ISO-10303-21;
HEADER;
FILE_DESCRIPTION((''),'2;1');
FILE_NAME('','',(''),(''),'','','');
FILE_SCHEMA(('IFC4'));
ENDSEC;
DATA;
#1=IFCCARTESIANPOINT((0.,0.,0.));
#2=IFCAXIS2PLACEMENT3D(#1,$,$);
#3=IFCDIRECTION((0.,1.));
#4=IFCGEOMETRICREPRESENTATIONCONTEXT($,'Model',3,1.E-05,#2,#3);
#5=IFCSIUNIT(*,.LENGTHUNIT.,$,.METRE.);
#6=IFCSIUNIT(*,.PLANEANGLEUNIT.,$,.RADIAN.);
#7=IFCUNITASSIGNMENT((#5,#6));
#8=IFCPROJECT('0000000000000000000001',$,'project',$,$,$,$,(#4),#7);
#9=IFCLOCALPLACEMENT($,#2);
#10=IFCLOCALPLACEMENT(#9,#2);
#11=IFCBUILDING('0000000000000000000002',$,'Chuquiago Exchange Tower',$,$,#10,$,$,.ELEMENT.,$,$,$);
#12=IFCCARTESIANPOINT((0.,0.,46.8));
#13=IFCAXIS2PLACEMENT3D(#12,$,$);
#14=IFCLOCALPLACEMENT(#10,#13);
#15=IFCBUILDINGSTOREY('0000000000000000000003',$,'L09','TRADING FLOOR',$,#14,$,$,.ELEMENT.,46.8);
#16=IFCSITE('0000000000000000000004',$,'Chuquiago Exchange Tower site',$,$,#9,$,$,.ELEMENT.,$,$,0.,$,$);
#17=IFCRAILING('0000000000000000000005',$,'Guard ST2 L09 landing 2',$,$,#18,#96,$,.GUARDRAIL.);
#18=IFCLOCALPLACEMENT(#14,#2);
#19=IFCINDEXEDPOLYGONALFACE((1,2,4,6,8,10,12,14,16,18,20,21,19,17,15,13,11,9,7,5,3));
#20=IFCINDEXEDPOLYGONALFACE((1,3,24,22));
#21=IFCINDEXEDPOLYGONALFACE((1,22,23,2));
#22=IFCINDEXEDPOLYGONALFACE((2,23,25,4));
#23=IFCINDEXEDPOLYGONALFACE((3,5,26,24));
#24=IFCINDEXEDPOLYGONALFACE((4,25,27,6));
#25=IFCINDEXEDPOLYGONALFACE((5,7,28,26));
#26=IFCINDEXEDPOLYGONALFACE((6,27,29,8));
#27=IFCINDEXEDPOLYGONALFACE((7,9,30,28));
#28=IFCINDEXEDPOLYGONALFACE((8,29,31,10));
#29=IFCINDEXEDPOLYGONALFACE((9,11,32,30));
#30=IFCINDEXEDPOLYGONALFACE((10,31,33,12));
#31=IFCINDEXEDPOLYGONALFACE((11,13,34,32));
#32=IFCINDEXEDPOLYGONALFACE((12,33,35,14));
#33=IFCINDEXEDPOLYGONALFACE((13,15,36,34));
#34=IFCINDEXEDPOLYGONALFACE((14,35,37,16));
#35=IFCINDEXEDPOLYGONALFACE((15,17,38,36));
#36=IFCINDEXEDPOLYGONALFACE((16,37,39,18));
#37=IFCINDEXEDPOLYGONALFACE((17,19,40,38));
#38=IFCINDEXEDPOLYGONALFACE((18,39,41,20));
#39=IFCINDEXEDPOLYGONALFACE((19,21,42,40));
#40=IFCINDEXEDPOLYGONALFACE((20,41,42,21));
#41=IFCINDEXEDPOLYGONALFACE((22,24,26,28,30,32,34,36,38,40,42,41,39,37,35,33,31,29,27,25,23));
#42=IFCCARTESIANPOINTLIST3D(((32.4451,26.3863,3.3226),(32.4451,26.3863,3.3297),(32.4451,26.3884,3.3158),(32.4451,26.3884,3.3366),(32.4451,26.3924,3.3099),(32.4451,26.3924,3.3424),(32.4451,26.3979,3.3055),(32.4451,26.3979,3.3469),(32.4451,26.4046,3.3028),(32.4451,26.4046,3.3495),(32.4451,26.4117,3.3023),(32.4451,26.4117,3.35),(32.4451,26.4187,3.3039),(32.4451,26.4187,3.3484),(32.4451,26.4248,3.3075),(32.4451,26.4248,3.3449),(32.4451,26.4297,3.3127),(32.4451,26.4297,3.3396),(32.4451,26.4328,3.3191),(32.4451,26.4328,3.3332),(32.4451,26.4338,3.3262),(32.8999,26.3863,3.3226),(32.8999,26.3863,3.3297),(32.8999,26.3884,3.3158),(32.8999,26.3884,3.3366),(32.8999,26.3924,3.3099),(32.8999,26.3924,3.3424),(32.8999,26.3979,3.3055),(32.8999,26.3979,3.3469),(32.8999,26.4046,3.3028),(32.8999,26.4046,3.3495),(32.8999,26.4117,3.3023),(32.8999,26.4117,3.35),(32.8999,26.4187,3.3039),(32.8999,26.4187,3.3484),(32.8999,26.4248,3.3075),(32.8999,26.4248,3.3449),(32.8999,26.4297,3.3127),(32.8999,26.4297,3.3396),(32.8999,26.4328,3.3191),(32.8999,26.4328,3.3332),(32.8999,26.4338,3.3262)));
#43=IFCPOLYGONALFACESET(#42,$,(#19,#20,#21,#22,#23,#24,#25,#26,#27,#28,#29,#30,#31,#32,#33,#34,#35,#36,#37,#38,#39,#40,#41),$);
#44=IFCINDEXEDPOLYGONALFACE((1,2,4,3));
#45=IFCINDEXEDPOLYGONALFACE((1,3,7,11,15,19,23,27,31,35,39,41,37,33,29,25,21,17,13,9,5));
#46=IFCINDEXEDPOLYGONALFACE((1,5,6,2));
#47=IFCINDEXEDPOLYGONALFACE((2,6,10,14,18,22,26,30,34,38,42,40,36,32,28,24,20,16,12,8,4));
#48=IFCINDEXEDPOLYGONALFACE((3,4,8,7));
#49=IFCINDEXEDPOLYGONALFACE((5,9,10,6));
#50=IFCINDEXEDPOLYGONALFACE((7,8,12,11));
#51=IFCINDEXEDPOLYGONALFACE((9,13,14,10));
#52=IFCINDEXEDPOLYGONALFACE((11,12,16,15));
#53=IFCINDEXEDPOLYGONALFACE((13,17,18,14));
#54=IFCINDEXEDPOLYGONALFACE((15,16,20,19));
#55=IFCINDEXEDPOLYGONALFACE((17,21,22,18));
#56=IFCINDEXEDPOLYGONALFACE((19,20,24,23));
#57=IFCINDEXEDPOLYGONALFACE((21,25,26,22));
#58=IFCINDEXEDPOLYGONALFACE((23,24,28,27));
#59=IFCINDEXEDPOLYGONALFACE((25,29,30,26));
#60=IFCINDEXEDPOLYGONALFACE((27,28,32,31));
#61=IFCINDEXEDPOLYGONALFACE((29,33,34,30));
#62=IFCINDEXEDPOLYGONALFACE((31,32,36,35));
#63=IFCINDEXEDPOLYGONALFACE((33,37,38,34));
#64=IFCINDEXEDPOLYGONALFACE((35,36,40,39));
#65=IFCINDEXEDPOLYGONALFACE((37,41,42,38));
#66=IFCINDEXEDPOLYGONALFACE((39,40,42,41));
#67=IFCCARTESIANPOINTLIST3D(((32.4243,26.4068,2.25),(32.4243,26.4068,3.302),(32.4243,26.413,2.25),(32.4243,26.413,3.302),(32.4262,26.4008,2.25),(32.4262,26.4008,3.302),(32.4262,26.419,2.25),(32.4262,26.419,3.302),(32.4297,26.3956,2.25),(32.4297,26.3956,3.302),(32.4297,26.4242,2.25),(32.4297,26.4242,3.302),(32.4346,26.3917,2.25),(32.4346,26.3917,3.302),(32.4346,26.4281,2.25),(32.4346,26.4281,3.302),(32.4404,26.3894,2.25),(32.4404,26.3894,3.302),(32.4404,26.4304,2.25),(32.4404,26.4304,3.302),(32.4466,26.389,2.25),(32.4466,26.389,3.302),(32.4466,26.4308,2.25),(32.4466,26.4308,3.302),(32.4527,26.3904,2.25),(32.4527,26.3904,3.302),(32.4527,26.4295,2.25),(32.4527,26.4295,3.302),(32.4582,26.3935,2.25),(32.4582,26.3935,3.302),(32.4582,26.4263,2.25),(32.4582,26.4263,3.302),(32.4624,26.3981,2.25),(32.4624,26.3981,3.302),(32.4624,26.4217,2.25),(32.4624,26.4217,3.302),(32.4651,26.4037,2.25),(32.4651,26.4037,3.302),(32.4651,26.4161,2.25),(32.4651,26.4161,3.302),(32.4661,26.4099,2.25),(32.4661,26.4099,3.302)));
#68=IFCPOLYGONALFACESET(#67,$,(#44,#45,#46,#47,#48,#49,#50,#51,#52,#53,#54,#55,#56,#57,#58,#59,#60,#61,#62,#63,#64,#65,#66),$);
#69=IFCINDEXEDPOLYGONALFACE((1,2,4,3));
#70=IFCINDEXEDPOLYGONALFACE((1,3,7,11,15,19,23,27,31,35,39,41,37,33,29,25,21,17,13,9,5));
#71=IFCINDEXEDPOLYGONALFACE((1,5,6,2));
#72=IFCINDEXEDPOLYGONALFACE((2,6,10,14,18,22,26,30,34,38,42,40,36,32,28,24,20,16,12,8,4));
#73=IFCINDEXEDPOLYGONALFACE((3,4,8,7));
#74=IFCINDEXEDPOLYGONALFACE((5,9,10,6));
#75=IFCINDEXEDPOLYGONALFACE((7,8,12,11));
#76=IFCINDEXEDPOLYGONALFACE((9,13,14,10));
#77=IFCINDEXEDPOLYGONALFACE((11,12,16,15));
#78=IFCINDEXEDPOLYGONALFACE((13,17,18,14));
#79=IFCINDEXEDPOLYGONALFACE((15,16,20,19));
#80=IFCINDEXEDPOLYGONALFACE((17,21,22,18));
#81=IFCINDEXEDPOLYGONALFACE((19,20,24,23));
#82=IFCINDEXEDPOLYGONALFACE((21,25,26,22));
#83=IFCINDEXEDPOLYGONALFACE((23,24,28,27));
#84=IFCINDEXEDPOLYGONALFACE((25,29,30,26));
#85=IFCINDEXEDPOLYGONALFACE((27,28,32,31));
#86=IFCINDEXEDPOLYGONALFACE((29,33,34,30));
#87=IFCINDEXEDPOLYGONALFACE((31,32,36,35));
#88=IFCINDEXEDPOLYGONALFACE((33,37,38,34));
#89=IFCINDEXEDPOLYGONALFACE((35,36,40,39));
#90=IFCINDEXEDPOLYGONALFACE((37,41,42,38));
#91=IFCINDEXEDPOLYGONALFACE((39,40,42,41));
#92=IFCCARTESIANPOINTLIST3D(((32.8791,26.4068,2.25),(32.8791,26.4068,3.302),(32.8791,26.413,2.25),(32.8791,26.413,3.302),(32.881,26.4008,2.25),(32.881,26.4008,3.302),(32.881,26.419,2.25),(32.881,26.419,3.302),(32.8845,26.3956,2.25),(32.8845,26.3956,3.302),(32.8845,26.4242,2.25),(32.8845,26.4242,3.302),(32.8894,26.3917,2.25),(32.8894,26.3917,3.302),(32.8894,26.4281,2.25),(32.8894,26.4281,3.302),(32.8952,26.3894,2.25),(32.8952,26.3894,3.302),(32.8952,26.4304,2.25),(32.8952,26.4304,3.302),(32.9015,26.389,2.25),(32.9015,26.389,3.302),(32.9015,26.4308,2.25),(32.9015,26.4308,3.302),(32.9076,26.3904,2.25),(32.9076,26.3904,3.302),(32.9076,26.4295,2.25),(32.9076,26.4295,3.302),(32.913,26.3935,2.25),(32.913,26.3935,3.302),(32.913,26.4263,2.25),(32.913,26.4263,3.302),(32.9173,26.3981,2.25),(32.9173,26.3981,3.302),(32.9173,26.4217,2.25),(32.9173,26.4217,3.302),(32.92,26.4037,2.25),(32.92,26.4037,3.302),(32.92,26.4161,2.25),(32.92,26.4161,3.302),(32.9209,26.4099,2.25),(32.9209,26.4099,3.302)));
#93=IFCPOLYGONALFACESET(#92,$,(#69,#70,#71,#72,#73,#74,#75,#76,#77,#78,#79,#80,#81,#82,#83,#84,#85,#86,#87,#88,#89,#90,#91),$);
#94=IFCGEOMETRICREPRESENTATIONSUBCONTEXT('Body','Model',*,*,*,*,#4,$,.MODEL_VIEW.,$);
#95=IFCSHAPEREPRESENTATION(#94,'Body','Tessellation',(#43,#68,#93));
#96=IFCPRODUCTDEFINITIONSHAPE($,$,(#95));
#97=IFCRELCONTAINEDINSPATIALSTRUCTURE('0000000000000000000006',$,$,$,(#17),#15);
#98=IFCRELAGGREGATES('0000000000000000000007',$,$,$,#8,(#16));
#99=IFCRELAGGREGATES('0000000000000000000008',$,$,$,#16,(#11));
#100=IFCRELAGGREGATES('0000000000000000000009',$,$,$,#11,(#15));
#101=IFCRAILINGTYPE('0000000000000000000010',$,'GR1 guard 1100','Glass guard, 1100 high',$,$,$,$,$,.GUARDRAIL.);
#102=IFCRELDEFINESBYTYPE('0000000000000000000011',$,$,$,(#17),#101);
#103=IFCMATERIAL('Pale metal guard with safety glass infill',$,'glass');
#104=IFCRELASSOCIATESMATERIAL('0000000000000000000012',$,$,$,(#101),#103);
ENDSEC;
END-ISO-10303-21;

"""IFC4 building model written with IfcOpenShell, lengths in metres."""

from ifc_helpers import new_model, si_unit, direction, frame, origin, origin_2d, place, context, subcontext, project, spatial, circle, extrude, material, type_object, element, save


model = new_model("IFC4")

# Units and contexts
model_context = context("Model", 3, precision=1e-05, world=origin(), true_north=direction((0.0, 1.0)))
body_context = subcontext(model_context, "Body", "Model", "MODEL_VIEW")
ifc_project = project(units=[si_unit("LENGTHUNIT", "METRE"), si_unit("PLANEANGLEUNIT", "RADIAN")], contexts=[model_context])

# Site, building, storey
site_placement = place(None, origin())
site = spatial("IfcSite", under=ifc_project, at=site_placement, Name="Chuquiago Exchange Tower site", CompositionType="ELEMENT", RefElevation=0.0)
building_placement = place(site_placement, origin())
building = spatial("IfcBuilding", under=site, at=building_placement, Name="Chuquiago Exchange Tower", CompositionType="ELEMENT")
storey_placement = place(building_placement, frame((0.0, 0.0, 46.8)))
storey = spatial("IfcBuildingStorey", under=building, at=storey_placement, Name="L09", Description="TRADING FLOOR", CompositionType="ELEMENT", Elevation=46.8)

# Railing
ifc_material_1 = material(Name="Pale metal guard with safety glass infill", Category="glass")
railing_type_1 = type_object("IfcRailingType", Name="GR1 guard 1100", Description="Glass guard, 1100 high", PredefinedType="GUARDRAIL", material=ifc_material_1)
for number, where, name in (
    (1, (32.4451, 26.4099, 2.25), "Guard ST2 L09 landing 2"),
):
    element("IfcRailing", number, at=place(storey_placement, frame(where)), inside=storey, type_object=railing_type_1, Name=name, PredefinedType="GUARDRAIL", context=body_context, shape_type="SweptSolid", body=[
        extrude(circle(Radius=0.0239, at=origin_2d()), frame((0.0, 0.0, 1.0762), z_axis=(1.0, 0.0, 0.0), x_axis=(0.0, 1.0, 0.0)), (0.0, 0.0, 1.0), 0.4548),
        extrude(circle(Radius=0.021, at=origin_2d()), origin(), (0.0, 0.0, 1.0), 1.052),
        extrude(circle(Radius=0.021, at=origin_2d()), frame((0.4548, 0.0, 0.0)), (0.0, 0.0, 1.0), 1.052),
    ])

save(model, "model.ifc")
